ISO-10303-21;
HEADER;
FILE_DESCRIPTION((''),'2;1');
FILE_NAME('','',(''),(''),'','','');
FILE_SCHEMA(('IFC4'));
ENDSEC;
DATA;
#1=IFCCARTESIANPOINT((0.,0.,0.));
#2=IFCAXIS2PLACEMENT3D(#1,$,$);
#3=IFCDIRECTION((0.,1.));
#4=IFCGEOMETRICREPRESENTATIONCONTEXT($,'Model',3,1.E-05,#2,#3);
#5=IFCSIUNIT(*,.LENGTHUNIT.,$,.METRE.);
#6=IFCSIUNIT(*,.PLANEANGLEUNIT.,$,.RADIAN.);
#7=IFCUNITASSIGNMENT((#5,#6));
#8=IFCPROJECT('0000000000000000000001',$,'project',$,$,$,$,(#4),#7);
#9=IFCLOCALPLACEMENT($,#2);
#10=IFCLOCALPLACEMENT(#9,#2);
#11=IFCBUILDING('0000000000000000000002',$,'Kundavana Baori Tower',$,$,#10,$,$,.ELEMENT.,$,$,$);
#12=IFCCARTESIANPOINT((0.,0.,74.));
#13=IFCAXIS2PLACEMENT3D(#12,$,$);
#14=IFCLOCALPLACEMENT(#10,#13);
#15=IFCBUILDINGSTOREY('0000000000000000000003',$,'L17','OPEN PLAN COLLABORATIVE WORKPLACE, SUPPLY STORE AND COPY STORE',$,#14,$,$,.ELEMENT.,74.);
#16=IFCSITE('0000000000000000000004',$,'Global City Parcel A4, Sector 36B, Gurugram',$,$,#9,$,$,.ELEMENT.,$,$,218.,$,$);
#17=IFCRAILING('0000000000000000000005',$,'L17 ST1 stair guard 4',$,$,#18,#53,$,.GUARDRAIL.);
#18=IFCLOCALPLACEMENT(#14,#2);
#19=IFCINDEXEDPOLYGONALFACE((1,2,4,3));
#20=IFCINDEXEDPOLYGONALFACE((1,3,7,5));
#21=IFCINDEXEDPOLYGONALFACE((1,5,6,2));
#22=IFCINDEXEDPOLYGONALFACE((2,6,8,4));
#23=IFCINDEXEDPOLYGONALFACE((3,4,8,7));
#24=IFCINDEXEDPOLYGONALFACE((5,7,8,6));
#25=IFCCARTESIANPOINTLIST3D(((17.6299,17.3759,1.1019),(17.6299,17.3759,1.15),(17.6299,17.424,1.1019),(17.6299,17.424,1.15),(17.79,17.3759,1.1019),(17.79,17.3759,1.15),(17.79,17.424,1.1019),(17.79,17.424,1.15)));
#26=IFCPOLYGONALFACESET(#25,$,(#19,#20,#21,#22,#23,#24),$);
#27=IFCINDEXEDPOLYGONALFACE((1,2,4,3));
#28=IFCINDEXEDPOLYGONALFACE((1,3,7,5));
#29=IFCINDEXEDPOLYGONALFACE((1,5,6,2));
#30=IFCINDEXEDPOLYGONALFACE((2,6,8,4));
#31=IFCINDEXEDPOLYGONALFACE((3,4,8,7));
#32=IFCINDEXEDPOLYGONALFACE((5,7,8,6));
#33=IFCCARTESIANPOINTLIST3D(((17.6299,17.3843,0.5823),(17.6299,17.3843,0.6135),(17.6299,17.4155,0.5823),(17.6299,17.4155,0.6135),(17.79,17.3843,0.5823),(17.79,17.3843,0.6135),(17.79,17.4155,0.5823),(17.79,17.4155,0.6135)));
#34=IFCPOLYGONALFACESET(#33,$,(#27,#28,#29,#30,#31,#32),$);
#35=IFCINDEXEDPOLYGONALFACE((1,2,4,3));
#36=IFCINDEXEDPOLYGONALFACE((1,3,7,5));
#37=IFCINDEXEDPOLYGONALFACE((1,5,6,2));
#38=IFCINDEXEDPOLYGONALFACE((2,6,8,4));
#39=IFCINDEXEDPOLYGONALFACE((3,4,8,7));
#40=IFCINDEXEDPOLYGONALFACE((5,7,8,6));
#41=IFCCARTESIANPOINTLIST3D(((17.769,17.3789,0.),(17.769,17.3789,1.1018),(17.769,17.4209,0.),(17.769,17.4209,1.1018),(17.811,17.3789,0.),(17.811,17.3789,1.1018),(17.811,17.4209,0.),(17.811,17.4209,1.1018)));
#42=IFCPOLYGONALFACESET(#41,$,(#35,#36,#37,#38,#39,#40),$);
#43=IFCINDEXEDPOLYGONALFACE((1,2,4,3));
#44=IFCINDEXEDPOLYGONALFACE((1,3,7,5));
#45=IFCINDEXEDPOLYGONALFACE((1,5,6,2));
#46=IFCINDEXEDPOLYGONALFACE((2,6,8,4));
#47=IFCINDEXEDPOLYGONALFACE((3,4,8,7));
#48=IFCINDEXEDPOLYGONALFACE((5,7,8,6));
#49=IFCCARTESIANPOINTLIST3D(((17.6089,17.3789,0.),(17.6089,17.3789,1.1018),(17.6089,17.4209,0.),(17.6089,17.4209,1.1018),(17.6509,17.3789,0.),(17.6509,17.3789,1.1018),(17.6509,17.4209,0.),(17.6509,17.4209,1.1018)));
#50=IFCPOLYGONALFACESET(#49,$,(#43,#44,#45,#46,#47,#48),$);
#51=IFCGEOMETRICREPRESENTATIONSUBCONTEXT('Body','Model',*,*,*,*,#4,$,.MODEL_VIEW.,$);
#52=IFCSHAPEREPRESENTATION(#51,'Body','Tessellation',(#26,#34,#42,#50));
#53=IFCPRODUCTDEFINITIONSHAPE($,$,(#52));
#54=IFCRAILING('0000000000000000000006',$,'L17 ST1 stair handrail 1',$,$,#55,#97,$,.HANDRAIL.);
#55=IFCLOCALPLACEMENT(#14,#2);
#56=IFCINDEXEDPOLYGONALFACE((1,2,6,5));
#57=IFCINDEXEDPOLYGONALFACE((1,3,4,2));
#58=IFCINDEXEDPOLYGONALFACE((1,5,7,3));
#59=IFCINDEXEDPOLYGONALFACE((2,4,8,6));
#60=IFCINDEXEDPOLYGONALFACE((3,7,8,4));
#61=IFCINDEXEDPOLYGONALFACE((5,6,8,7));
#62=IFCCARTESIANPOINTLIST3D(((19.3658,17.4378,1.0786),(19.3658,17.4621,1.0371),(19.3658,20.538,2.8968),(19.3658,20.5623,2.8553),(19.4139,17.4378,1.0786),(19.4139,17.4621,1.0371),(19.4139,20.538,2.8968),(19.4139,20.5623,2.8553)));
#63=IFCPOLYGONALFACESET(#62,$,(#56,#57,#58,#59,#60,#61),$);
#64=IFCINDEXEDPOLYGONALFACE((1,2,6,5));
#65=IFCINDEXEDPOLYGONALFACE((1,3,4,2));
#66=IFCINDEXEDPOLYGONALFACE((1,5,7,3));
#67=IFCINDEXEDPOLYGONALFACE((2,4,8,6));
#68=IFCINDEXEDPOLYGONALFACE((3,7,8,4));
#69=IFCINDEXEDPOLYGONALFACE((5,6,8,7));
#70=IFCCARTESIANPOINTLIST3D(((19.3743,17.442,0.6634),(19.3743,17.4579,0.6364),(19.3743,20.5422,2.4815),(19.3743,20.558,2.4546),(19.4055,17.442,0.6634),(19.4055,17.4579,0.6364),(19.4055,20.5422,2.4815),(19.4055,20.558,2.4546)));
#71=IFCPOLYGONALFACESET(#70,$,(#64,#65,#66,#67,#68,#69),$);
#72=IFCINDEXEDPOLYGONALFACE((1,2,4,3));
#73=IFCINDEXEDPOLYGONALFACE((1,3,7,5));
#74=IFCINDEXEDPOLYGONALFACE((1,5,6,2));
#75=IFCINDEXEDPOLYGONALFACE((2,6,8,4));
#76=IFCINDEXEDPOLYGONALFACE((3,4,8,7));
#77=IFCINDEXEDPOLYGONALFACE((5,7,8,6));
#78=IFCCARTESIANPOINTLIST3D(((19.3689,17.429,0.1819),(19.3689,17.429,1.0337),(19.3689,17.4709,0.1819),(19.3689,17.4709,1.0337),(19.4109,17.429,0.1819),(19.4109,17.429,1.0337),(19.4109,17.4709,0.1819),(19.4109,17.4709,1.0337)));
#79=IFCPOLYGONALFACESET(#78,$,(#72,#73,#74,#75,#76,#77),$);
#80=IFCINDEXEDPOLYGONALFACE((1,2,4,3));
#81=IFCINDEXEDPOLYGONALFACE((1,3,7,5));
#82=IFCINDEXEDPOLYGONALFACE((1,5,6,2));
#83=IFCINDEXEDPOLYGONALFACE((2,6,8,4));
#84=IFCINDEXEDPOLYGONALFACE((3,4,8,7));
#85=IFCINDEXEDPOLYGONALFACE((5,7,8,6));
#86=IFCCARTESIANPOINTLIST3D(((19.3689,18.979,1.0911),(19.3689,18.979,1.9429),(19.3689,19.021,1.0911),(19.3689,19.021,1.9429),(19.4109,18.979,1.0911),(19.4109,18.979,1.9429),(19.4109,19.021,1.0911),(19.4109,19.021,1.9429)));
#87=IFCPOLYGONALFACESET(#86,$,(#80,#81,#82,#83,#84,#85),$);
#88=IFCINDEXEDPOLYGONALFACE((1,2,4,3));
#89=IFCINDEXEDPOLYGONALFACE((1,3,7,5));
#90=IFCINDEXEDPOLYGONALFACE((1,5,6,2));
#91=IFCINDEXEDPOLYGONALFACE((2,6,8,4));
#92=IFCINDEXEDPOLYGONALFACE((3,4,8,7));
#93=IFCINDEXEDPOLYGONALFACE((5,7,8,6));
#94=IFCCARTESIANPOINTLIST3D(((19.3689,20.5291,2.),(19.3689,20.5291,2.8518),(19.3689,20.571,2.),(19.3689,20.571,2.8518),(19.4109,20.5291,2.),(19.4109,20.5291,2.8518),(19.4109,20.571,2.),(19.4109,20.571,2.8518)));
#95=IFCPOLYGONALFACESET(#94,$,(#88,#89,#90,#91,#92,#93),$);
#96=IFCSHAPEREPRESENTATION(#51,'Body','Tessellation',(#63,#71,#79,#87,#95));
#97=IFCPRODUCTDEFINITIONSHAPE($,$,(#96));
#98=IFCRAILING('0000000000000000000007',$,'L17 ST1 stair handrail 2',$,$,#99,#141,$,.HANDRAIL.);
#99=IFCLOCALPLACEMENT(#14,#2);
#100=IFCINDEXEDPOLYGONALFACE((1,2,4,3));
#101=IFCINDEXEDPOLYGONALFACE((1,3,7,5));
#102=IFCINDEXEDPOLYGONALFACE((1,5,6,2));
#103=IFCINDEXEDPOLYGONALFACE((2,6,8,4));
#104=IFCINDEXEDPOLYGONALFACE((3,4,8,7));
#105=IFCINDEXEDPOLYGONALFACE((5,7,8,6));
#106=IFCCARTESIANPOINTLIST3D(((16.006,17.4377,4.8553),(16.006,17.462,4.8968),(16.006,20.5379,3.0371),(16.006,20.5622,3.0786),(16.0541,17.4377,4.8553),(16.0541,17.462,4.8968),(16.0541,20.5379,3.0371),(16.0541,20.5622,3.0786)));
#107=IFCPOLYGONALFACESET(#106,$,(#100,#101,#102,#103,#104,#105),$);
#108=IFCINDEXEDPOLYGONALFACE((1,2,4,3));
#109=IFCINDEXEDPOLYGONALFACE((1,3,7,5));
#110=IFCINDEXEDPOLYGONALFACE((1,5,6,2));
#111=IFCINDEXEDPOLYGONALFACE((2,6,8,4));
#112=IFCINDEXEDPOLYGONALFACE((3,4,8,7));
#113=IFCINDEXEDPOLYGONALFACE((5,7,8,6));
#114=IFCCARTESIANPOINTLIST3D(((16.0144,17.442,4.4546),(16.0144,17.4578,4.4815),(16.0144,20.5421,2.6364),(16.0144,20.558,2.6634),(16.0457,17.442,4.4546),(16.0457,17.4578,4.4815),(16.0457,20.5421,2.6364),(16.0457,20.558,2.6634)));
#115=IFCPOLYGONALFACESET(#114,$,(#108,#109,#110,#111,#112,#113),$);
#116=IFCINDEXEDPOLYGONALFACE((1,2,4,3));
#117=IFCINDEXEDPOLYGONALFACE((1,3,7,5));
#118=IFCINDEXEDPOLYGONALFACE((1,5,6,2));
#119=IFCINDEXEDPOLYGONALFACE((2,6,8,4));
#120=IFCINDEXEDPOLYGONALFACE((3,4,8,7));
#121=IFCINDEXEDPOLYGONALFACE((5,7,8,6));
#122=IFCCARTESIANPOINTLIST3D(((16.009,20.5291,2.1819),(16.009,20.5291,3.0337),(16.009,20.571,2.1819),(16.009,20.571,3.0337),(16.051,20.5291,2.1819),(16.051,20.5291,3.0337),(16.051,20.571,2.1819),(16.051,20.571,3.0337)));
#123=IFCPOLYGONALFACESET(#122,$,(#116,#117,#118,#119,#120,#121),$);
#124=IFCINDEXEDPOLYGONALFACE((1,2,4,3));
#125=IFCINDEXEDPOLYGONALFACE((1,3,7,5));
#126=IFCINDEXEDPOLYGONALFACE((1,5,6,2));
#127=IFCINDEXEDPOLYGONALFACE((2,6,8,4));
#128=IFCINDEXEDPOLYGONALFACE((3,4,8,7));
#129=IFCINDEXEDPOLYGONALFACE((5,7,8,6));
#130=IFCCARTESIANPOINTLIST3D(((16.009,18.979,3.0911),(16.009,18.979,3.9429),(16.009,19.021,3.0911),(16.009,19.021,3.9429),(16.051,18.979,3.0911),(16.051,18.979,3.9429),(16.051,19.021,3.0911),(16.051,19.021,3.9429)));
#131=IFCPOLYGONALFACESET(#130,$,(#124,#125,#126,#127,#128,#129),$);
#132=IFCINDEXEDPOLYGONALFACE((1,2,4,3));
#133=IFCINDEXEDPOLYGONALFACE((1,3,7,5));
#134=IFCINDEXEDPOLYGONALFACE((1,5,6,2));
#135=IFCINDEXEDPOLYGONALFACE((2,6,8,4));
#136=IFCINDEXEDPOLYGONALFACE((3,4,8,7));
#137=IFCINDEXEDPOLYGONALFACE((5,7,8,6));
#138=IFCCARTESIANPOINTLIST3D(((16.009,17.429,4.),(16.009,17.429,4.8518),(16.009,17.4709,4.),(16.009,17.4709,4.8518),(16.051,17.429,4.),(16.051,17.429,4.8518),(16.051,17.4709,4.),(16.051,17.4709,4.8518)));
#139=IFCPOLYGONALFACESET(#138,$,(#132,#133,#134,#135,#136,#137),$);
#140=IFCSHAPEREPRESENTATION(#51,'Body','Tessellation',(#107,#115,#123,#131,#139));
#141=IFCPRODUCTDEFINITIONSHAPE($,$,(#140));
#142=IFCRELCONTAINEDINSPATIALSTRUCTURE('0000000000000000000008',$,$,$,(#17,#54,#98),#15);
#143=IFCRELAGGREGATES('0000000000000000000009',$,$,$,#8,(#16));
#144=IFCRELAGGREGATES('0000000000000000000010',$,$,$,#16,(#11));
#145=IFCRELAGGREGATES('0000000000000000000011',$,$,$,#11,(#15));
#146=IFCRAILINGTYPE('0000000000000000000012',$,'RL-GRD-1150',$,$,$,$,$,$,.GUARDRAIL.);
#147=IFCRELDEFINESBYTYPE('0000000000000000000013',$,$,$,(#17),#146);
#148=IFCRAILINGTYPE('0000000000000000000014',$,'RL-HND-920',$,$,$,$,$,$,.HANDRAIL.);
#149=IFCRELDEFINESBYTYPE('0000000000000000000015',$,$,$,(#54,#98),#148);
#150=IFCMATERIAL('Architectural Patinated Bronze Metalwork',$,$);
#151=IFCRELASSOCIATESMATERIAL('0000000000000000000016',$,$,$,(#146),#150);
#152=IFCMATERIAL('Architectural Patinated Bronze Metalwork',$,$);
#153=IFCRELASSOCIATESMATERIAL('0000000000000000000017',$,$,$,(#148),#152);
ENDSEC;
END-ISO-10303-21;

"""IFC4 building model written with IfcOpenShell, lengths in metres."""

from ifc_helpers import new_model, si_unit, direction, frame, origin, origin_2d, place, context, subcontext, project, spatial, rectangle, extrude, material, type_object, element, save


model = new_model("IFC4")

# Units and contexts
model_context = context("Model", 3, precision=1e-05, world=origin(), true_north=direction((0.0, 1.0)))
body_context = subcontext(model_context, "Body", "Model", "MODEL_VIEW")
ifc_project = project(units=[si_unit("LENGTHUNIT", "METRE"), si_unit("PLANEANGLEUNIT", "RADIAN")], contexts=[model_context])

# Site, building, storey
site_placement = place(None, origin())
site = spatial("IfcSite", under=ifc_project, at=site_placement, Name="Global City Parcel A4, Sector 36B, Gurugram", CompositionType="ELEMENT", RefElevation=218.0)
building_placement = place(site_placement, origin())
building = spatial("IfcBuilding", under=site, at=building_placement, Name="Kundavana Baori Tower", CompositionType="ELEMENT")
storey_placement = place(building_placement, frame((0.0, 0.0, 74.0)))
storey = spatial("IfcBuildingStorey", under=building, at=storey_placement, Name="L17", Description="OPEN PLAN COLLABORATIVE WORKPLACE, SUPPLY STORE AND COPY STORE", CompositionType="ELEMENT", Elevation=74.0)

# Railings
ifc_material_1 = material(Name="Architectural Patinated Bronze Metalwork")
railing_type_1 = type_object("IfcRailingType", Name="RL-GRD-1150", PredefinedType="GUARDRAIL", material=ifc_material_1)
railing_1_placement = place(storey_placement, frame((17.79, 17.3999, 0.0)))
element("IfcRailing", 1, at=railing_1_placement, inside=storey, type_object=railing_type_1, Name="L17 ST1 stair guard 4", PredefinedType="GUARDRAIL", context=body_context, shape_type="SweptSolid", body=[
    extrude(rectangle(XDim=0.0481, YDim=0.0481, at=origin_2d()), frame((0.0, 0.0, 1.126), z_axis=(-1.0, 0.0, 0.0), x_axis=(0.0, -1.0, 0.0)), (0.0, 0.0, 1.0), 0.1602),
    extrude(rectangle(XDim=0.0312, YDim=0.0312, at=origin_2d()), frame((0.0, 0.0, 0.5979), z_axis=(-1.0, 0.0, 0.0), x_axis=(0.0, -1.0, 0.0)), (0.0, 0.0, 1.0), 0.1602),
    extrude(rectangle(XDim=0.042, YDim=0.042, at=origin_2d()), origin(), (0.0, 0.0, 1.0), 1.1018),
    extrude(rectangle(XDim=0.042, YDim=0.042, at=origin_2d()), frame((-0.1602, 0.0, 0.0)), (0.0, 0.0, 1.0), 1.1018),
])
ifc_material_2 = material(Name="Architectural Patinated Bronze Metalwork")
railing_type_2 = type_object("IfcRailingType", Name="RL-HND-920", PredefinedType="HANDRAIL", material=ifc_material_2)
railing_2_placement = place(storey_placement, frame((19.3899, 17.45, 0.1819)))
element("IfcRailing", 2, at=railing_2_placement, inside=storey, type_object=railing_type_2, Name="L17 ST1 stair handrail 1", PredefinedType="HANDRAIL", context=body_context, shape_type="SweptSolid", body=[
    extrude(rectangle(XDim=0.0481, YDim=0.0481, at=origin_2d()), frame((0.0, 0.0, 0.876), z_axis=(0.0, 0.862599, 0.505889), x_axis=(-1.0, 0.0, 0.0)), (0.0, 0.0, 1.0), 3.594),
    extrude(rectangle(XDim=0.0312, YDim=0.0312, at=origin_2d()), frame((0.0, 0.0, 0.468), z_axis=(0.0, 0.862599, 0.505889), x_axis=(-1.0, 0.0, 0.0)), (0.0, 0.0, 1.0), 3.594),
    extrude(rectangle(XDim=0.042, YDim=0.042, at=origin_2d()), origin(), (0.0, 0.0, 1.0), 0.8518),
    extrude(rectangle(XDim=0.042, YDim=0.042, at=origin_2d()), frame((0.0, 1.55, 0.9092)), (0.0, 0.0, 1.0), 0.8518),
    extrude(rectangle(XDim=0.042, YDim=0.042, at=origin_2d()), frame((0.0, 3.1001, 1.8181)), (0.0, 0.0, 1.0), 0.8518),
])
railing_3_placement = place(storey_placement, frame((16.03, 20.55, 2.1819)))
element("IfcRailing", 3, at=railing_3_placement, inside=storey, type_object=railing_type_2, Name="L17 ST1 stair handrail 2", PredefinedType="HANDRAIL", context=body_context, shape_type="SweptSolid", body=[
    extrude(rectangle(XDim=0.0481, YDim=0.0481, at=origin_2d()), frame((0.0, 0.0, 0.876), z_axis=(0.0, -0.862599, 0.505889), x_axis=(1.0, 0.0, 0.0)), (0.0, 0.0, 1.0), 3.594),
    extrude(rectangle(XDim=0.0312, YDim=0.0312, at=origin_2d()), frame((0.0, 0.0, 0.468), z_axis=(0.0, -0.862599, 0.505889), x_axis=(1.0, 0.0, 0.0)), (0.0, 0.0, 1.0), 3.594),
    extrude(rectangle(XDim=0.042, YDim=0.042, at=origin_2d()), origin(), (0.0, 0.0, 1.0), 0.8518),
    extrude(rectangle(XDim=0.042, YDim=0.042, at=origin_2d()), frame((0.0, -1.55, 0.9092)), (0.0, 0.0, 1.0), 0.8518),
    extrude(rectangle(XDim=0.042, YDim=0.042, at=origin_2d()), frame((0.0, -3.1001, 1.8181)), (0.0, 0.0, 1.0), 0.8518),
])

save(model, "model.ifc")
